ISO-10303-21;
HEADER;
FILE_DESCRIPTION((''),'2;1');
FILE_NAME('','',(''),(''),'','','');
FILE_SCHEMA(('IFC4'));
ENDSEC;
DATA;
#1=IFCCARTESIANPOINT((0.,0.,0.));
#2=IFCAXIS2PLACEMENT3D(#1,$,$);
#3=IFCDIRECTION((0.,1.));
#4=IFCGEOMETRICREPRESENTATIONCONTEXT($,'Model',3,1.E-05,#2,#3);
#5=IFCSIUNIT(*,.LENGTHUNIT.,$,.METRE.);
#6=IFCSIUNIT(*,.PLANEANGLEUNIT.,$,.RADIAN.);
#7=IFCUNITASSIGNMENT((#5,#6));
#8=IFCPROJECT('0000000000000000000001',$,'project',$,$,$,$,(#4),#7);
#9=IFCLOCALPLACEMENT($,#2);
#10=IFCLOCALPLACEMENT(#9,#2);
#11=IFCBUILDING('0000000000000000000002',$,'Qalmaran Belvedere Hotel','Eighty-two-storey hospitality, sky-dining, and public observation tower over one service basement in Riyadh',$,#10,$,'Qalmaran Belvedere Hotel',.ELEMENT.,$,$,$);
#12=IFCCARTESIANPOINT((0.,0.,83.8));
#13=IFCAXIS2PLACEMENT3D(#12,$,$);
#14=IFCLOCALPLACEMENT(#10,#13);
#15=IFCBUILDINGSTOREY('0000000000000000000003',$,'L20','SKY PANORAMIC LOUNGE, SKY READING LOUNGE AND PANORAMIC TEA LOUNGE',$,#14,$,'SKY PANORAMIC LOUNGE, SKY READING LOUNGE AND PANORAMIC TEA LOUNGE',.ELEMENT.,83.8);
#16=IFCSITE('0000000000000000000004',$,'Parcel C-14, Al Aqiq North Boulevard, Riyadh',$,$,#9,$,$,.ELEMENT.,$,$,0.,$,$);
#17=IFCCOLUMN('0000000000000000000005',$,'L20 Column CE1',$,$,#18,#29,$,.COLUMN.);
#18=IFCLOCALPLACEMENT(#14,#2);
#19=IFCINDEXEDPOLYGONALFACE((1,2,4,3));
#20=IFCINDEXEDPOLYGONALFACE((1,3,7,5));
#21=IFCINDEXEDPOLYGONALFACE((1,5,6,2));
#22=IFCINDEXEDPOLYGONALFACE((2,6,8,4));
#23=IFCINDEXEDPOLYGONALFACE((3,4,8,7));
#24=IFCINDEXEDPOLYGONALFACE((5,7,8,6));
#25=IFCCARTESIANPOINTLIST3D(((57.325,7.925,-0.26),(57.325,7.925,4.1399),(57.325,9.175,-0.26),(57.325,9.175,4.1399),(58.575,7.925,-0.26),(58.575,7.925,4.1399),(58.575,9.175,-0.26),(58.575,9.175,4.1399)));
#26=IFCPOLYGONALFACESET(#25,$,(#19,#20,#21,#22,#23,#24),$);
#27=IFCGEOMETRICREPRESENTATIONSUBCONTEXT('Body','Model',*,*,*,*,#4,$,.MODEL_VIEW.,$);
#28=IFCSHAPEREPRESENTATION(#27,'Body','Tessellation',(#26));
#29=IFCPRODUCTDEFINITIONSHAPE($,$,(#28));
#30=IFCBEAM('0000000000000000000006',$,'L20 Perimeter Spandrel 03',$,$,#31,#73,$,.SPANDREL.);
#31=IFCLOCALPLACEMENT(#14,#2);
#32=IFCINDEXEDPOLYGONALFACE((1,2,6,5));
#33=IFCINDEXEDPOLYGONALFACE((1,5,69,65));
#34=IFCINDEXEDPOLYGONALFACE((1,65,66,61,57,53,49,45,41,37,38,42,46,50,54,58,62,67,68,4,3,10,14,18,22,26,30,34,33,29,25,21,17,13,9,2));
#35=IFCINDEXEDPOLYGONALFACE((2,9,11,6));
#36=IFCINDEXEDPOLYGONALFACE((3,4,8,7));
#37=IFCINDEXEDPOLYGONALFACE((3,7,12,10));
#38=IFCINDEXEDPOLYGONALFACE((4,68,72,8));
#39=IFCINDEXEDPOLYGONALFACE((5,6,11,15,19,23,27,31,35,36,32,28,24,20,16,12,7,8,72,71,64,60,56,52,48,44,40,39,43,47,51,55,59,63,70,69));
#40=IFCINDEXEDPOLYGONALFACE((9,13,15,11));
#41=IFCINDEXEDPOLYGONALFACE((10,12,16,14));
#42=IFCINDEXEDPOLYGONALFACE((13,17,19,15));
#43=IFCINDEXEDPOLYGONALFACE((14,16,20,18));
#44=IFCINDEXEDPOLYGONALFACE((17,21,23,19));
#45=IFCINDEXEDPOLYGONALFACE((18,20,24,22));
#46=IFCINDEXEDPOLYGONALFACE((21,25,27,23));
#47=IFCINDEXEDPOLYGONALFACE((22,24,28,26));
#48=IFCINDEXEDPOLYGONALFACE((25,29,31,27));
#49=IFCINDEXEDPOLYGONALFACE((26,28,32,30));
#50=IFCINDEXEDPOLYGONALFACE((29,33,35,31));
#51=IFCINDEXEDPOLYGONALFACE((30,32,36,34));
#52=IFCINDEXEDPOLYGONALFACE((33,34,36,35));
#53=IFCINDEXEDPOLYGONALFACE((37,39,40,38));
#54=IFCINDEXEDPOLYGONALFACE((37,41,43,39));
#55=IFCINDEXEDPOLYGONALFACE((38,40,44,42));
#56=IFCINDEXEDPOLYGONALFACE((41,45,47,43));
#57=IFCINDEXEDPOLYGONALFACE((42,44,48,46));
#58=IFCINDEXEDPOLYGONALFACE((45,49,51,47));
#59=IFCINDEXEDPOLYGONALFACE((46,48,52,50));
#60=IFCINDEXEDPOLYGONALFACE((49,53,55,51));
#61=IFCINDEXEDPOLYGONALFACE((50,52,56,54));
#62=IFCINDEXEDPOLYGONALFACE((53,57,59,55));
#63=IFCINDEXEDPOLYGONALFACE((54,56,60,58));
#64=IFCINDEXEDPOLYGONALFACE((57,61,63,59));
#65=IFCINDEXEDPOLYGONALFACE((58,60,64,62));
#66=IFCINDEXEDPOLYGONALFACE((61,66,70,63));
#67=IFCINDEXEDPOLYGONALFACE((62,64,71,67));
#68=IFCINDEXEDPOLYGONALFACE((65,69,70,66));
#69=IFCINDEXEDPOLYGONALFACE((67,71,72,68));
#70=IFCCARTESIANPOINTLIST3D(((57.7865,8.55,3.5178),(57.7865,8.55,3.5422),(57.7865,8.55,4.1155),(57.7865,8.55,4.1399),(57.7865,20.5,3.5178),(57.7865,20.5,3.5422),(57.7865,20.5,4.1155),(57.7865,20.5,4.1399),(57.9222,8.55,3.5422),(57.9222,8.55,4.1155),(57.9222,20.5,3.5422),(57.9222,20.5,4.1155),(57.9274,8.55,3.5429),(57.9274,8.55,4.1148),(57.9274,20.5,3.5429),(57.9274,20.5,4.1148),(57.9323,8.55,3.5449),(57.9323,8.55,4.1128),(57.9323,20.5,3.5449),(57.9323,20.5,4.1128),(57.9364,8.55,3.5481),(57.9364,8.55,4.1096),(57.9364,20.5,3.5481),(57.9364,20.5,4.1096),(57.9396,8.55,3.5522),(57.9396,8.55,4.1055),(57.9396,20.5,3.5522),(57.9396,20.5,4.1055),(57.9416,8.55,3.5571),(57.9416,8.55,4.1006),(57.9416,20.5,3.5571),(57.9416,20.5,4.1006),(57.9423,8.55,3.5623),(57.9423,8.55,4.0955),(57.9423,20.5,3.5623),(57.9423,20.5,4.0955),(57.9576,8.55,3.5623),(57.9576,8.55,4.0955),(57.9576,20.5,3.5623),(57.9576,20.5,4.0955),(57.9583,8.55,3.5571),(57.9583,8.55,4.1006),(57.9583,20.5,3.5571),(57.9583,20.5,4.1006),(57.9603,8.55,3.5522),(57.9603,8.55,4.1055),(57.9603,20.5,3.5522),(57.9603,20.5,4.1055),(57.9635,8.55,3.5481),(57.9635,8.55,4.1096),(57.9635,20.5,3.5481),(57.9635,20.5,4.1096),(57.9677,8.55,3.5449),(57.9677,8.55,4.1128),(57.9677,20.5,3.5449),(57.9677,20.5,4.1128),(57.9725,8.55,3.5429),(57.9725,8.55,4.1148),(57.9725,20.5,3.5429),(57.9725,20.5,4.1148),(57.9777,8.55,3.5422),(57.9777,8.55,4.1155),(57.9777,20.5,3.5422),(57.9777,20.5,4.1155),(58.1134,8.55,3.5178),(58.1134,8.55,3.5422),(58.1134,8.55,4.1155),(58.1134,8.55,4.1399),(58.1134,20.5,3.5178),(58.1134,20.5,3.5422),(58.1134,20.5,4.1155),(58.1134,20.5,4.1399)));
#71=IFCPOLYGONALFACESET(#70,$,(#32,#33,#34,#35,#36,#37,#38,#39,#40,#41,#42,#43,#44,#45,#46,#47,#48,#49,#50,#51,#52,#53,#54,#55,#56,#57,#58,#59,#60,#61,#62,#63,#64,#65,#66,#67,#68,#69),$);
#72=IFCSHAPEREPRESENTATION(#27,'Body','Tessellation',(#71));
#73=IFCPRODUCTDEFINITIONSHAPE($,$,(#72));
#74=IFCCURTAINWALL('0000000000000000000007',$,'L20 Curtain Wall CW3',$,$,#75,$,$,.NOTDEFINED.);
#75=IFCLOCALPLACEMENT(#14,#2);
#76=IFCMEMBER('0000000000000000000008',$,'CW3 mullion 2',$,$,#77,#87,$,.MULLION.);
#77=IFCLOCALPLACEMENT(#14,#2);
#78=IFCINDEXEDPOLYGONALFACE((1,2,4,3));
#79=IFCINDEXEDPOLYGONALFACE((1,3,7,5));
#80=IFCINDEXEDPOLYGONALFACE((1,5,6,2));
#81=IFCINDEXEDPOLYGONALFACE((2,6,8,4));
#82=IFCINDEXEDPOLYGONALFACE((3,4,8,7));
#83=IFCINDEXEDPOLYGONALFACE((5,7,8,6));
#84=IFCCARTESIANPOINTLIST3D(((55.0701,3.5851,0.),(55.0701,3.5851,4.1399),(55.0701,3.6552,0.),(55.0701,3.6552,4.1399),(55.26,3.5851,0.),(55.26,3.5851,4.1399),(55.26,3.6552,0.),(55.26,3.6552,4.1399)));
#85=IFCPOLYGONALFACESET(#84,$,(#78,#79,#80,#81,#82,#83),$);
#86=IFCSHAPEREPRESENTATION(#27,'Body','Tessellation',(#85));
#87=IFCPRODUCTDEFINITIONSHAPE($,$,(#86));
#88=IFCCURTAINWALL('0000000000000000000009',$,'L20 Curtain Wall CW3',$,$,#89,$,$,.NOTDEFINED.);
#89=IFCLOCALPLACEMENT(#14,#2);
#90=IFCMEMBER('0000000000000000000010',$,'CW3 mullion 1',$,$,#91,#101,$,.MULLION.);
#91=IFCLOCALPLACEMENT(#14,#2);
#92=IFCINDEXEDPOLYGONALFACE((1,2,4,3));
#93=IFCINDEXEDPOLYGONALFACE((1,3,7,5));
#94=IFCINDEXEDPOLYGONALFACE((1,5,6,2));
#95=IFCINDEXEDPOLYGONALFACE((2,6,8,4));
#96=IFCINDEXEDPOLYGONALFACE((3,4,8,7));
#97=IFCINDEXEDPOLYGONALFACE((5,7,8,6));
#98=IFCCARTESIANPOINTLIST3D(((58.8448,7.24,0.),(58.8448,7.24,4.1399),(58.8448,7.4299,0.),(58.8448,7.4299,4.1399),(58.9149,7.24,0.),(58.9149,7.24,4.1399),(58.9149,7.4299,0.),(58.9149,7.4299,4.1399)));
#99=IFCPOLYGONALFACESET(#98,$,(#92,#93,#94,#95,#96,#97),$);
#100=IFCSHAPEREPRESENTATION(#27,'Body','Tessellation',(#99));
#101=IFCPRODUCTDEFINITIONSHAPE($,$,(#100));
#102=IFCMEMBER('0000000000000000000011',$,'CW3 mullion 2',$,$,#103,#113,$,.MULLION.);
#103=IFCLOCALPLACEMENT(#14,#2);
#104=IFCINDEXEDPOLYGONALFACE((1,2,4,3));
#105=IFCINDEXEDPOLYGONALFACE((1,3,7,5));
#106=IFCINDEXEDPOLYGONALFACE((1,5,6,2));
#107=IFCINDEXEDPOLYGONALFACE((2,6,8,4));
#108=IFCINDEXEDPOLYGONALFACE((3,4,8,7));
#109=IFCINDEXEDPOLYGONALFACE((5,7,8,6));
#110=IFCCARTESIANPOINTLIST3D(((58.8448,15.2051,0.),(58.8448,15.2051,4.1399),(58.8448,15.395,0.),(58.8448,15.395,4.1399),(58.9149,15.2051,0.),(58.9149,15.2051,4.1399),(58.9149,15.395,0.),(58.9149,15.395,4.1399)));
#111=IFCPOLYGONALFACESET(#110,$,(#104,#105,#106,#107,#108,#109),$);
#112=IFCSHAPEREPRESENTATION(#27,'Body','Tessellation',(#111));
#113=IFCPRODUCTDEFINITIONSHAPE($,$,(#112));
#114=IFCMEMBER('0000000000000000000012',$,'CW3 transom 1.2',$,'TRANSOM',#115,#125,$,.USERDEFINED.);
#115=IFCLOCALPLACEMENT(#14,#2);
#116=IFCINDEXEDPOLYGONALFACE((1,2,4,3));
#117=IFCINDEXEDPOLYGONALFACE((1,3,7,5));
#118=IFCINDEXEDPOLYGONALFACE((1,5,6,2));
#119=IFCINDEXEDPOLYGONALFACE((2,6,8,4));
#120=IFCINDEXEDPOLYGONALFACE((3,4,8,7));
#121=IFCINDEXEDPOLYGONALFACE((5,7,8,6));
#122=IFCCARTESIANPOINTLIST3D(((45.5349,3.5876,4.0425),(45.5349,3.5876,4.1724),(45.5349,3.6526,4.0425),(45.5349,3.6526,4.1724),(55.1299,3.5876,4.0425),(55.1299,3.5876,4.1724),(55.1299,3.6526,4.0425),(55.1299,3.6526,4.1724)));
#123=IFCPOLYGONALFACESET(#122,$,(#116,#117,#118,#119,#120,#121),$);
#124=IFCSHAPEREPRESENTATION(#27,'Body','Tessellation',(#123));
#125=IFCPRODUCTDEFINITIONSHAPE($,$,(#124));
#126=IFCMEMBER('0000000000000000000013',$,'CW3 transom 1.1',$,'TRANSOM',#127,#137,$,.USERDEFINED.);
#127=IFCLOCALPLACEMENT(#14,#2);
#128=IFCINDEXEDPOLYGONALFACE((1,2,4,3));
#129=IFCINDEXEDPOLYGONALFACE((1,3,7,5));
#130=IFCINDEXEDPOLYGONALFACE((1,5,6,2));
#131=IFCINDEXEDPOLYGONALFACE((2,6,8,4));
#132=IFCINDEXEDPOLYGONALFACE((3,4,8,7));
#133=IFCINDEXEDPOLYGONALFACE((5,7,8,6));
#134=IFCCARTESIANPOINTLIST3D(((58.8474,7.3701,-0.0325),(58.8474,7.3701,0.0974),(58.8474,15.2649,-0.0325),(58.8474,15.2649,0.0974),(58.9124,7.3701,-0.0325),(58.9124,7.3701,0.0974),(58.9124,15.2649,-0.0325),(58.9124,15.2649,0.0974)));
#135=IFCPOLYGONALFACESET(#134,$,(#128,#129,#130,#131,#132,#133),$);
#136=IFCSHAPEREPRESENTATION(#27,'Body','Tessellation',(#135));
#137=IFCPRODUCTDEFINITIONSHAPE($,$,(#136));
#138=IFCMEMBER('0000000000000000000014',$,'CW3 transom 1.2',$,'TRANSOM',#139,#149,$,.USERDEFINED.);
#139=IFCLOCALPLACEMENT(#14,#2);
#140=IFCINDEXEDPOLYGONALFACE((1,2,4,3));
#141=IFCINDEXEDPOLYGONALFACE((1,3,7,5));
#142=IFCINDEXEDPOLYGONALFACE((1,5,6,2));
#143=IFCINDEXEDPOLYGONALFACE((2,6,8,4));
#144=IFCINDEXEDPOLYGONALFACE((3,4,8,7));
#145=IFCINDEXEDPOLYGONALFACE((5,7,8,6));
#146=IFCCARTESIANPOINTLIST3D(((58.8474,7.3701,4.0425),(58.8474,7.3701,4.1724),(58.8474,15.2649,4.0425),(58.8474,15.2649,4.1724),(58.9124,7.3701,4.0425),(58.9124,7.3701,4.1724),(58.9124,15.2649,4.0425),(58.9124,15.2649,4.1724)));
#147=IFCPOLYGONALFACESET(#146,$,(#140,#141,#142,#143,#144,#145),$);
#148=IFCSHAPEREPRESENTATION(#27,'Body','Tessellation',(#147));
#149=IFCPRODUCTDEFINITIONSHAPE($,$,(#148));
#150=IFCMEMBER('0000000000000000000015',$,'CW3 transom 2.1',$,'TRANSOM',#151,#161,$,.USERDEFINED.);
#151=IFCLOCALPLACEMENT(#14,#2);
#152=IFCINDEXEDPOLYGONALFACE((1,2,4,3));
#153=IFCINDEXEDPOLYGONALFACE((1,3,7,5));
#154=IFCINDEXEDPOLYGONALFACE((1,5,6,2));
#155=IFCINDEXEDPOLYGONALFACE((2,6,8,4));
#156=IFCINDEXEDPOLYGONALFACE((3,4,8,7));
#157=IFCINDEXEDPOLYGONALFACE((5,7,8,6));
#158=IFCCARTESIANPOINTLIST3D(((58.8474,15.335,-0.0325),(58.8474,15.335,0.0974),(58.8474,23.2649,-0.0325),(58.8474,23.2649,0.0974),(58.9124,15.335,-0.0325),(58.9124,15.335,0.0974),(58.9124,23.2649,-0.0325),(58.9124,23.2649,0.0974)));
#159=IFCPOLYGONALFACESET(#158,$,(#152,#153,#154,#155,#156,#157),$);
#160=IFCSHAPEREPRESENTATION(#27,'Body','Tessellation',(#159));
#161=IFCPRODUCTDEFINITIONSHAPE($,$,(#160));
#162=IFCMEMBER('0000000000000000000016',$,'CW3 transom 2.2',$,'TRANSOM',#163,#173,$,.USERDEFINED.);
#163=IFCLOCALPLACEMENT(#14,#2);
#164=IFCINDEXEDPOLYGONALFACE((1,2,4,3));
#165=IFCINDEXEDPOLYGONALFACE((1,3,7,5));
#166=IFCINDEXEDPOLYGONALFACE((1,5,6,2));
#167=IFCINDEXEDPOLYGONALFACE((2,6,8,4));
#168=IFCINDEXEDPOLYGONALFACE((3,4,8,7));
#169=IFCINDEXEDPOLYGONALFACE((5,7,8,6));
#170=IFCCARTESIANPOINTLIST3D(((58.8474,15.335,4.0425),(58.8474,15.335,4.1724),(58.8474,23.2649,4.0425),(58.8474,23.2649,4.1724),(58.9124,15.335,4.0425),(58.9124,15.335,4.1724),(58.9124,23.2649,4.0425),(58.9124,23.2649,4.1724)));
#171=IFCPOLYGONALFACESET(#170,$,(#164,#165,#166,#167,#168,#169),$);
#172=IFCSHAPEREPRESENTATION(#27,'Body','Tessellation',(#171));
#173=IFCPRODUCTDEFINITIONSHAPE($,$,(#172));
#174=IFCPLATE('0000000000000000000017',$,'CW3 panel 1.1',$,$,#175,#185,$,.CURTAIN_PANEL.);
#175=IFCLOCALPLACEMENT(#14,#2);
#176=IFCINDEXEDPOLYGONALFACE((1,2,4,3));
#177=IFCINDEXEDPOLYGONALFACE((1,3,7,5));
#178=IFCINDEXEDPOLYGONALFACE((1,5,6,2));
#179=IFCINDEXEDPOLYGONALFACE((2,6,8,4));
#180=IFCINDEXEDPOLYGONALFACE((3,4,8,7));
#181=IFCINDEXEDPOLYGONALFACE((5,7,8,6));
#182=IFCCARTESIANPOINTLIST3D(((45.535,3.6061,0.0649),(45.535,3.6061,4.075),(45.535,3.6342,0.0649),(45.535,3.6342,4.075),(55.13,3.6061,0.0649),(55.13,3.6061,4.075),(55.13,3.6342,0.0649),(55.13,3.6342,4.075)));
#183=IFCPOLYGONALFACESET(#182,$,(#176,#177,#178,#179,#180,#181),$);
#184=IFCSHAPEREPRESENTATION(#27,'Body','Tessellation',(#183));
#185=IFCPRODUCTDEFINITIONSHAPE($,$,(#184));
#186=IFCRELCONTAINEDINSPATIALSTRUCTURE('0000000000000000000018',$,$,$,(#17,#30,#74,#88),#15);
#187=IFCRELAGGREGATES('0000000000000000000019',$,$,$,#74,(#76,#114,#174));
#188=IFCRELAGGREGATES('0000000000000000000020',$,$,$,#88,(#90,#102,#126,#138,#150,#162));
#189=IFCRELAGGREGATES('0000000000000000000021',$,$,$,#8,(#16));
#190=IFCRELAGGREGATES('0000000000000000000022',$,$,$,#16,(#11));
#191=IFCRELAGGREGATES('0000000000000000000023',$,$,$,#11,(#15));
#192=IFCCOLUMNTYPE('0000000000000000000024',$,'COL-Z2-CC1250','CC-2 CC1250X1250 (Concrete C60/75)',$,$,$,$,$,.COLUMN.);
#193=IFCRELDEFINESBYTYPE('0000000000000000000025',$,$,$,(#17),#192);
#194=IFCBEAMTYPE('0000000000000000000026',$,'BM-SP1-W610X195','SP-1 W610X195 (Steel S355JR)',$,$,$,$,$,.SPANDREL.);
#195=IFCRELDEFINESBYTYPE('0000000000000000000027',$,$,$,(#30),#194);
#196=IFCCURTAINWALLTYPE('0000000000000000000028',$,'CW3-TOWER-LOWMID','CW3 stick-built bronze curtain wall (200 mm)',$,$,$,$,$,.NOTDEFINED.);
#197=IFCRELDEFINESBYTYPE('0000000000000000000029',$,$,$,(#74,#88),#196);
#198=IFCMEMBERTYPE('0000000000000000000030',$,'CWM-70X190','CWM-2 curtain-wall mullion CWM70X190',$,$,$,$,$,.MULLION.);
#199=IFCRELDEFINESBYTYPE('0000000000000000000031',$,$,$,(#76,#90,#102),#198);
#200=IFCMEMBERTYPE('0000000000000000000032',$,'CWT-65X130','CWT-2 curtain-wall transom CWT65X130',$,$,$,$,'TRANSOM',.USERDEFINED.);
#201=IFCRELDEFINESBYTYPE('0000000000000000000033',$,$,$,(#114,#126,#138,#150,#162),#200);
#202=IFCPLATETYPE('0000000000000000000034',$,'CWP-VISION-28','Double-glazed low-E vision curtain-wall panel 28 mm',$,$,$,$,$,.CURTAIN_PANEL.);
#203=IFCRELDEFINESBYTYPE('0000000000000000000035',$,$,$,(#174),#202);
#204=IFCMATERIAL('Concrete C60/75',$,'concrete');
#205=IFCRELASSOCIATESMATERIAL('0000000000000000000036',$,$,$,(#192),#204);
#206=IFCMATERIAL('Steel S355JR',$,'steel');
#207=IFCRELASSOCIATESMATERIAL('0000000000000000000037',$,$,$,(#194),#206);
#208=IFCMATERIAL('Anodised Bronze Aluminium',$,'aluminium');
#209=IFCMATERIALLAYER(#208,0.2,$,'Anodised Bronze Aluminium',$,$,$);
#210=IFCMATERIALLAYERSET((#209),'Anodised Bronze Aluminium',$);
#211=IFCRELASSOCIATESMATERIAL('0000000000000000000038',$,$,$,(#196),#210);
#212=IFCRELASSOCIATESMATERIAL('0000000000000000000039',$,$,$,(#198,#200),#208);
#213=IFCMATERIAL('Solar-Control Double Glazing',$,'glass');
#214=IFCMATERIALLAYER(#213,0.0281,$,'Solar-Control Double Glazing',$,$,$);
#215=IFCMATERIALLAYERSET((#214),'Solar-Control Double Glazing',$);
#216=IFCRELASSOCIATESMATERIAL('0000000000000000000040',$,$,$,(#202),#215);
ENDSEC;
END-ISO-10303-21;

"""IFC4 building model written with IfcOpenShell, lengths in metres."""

from ifc_helpers import new_model, si_unit, direction, frame, origin, origin_2d, place, context, subcontext, project, spatial, rectangle, i_section, extrude, material, layer, layer_set, material_profile, profile_set, type_object, element, aggregate, save


model = new_model("IFC4")

# Units and contexts
model_context = context("Model", 3, precision=1e-05, world=origin(), true_north=direction((0.0, 1.0)))
body_context = subcontext(model_context, "Body", "Model", "MODEL_VIEW")
ifc_project = project(units=[si_unit("LENGTHUNIT", "METRE"), si_unit("PLANEANGLEUNIT", "RADIAN")], contexts=[model_context])

# Site, building, storey
site_placement = place(None, origin())
site = spatial("IfcSite", under=ifc_project, at=site_placement, Name="Parcel C-14, Al Aqiq North Boulevard, Riyadh", CompositionType="ELEMENT", RefElevation=0.0)
building_placement = place(site_placement, origin())
building = spatial("IfcBuilding", under=site, at=building_placement, Name="Qalmaran Belvedere Hotel", Description="Eighty-two-storey hospitality, sky-dining, and public observation tower over one service basement in Riyadh", LongName="Qalmaran Belvedere Hotel", CompositionType="ELEMENT")
storey_placement = place(building_placement, frame((0.0, 0.0, 83.8)))
storey = spatial("IfcBuildingStorey", under=building, at=storey_placement, Name="L20", Description="SKY PANORAMIC LOUNGE, SKY READING LOUNGE AND PANORAMIC TEA LOUNGE", LongName="SKY PANORAMIC LOUNGE, SKY READING LOUNGE AND PANORAMIC TEA LOUNGE", CompositionType="ELEMENT", Elevation=83.8)

# Column
ifc_material_1 = material(Name="Concrete C60/75", Category="concrete")
ifc_material_profile_1 = material_profile(ifc_material_1, rectangle(XDim=1.25, YDim=1.25, at=origin_2d()), Name="CC1250X1250")
ifc_profile_set_1 = profile_set([ifc_material_profile_1], Name="Concrete C60/75")
column_type = type_object("IfcColumnType", Name="COL-Z2-CC1250", Description="CC-2 CC1250X1250 (Concrete C60/75)", PredefinedType="COLUMN", material=ifc_profile_set_1)
column_placement = place(storey_placement, frame((57.95, 8.55, -0.26), z_axis=(0.0, 0.0, 1.0), x_axis=(1.0, 0.0, 0.0)))
element("IfcColumn", 1, at=column_placement, inside=storey, type_object=column_type, Name="L20 Column CE1", PredefinedType="COLUMN", context=body_context, shape_type="SweptSolid", body=[
    extrude(rectangle(XDim=1.25, YDim=1.25, at=origin_2d()), origin(), (0.0, 0.0, 1.0), 4.3999),
])

# Beam
ifc_material_2 = material(Name="Steel S355JR", Category="steel")
ifc_material_profile_2 = material_profile(ifc_material_2, i_section(OverallWidth=0.3269, OverallDepth=0.6221, WebThickness=0.0154, FlangeThickness=0.0244, FilletRadius=0.02, at=origin_2d()), Name="W610X195")
ifc_profile_set_2 = profile_set([ifc_material_profile_2], Name="Steel S355JR")
beam_type = type_object("IfcBeamType", Name="BM-SP1-W610X195", Description="SP-1 W610X195 (Steel S355JR)", PredefinedType="SPANDREL", material=ifc_profile_set_2)
beam_placement = place(storey_placement, frame((57.95, 8.55, 3.8289), z_axis=(0.0, 1.0, 0.0), x_axis=(-1.0, 0.0, 0.0)))
element("IfcBeam", 2, at=beam_placement, inside=storey, type_object=beam_type, Name="L20 Perimeter Spandrel 03", PredefinedType="SPANDREL", context=body_context, shape_type="SweptSolid", body=[
    extrude(i_section(OverallWidth=0.3269, OverallDepth=0.6221, WebThickness=0.0154, FlangeThickness=0.0244, FilletRadius=0.02, at=origin_2d()), origin(), (0.0, 0.0, 1.0), 11.95),
])

# Curtain wall, member
ifc_material_3 = material(Name="Anodised Bronze Aluminium", Category="aluminium")
ifc_layer_1 = layer(ifc_material_3, 0.2, Name="Anodised Bronze Aluminium")
ifc_layer_set_1 = layer_set([ifc_layer_1], Name="Anodised Bronze Aluminium")
curtain_wall_type = type_object("IfcCurtainWallType", Name="CW3-TOWER-LOWMID", Description="CW3 stick-built bronze curtain wall (200 mm)", PredefinedType="NOTDEFINED", material=ifc_layer_set_1)
curtain_wall_1_placement = place(storey_placement, origin())
curtain_wall_1 = element("IfcCurtainWall", 3, at=curtain_wall_1_placement, inside=storey, type_object=curtain_wall_type, Name="L20 Curtain Wall CW3", PredefinedType="NOTDEFINED")
ifc_material_profile_3 = material_profile(ifc_material_3, rectangle(XDim=0.0701, YDim=0.1899, at=origin_2d()), Name="CWM70X190")
ifc_profile_set_3 = profile_set([ifc_material_profile_3], Name="Anodised Bronze Aluminium")
member_type_1 = type_object("IfcMemberType", Name="CWM-70X190", Description="CWM-2 curtain-wall mullion CWM70X190", PredefinedType="MULLION", material=ifc_profile_set_3)
member_1_placement = place(storey_placement, frame((55.165, 3.6201, 0.0), z_axis=(0.0, 0.0, 1.0), x_axis=(0.0, 1.0, 0.0)))
member_1 = element("IfcMember", 4, at=member_1_placement, type_object=member_type_1, Name="CW3 mullion 2", PredefinedType="MULLION", context=body_context, shape_type="SweptSolid", body=[
    extrude(rectangle(XDim=0.0701, YDim=0.1899, at=origin_2d()), origin(), (0.0, 0.0, 1.0), 4.1399),
])

# Curtain wall, members
curtain_wall_2_placement = place(storey_placement, origin())
curtain_wall_2 = element("IfcCurtainWall", 5, at=curtain_wall_2_placement, inside=storey, type_object=curtain_wall_type, Name="L20 Curtain Wall CW3", PredefinedType="NOTDEFINED")
member_2_placement = place(storey_placement, frame((58.8799, 7.335, 0.0), z_axis=(0.0, 0.0, 1.0), x_axis=(-1.0, 0.0, 0.0)))
member_2 = element("IfcMember", 6, at=member_2_placement, type_object=member_type_1, Name="CW3 mullion 1", PredefinedType="MULLION", context=body_context, shape_type="SweptSolid", body=[
    extrude(rectangle(XDim=0.0701, YDim=0.1899, at=origin_2d()), origin(), (0.0, 0.0, 1.0), 4.1399),
])
member_3_placement = place(storey_placement, frame((58.8799, 15.3, 0.0), z_axis=(0.0, 0.0, 1.0), x_axis=(-1.0, 0.0, 0.0)))
member_3 = element("IfcMember", 7, at=member_3_placement, type_object=member_type_1, Name="CW3 mullion 2", PredefinedType="MULLION", context=body_context, shape_type="SweptSolid", body=[
    extrude(rectangle(XDim=0.0701, YDim=0.1899, at=origin_2d()), origin(), (0.0, 0.0, 1.0), 4.1399),
])

# Members
ifc_material_profile_4 = material_profile(ifc_material_3, rectangle(XDim=0.0649, YDim=0.1299, at=origin_2d()), Name="CWT65X130")
ifc_profile_set_4 = profile_set([ifc_material_profile_4], Name="Anodised Bronze Aluminium")
member_type_2 = type_object("IfcMemberType", Name="CWT-65X130", Description="CWT-2 curtain-wall transom CWT65X130", ElementType="TRANSOM", PredefinedType="USERDEFINED", material=ifc_profile_set_4)
member_4_placement = place(storey_placement, frame((45.5349, 3.6201, 4.1074), z_axis=(1.0, 0.0, 0.0), x_axis=(0.0, 1.0, 0.0)))
member_4 = element("IfcMember", 8, at=member_4_placement, type_object=member_type_2, Name="CW3 transom 1.2", ObjectType="TRANSOM", PredefinedType="USERDEFINED", context=body_context, shape_type="SweptSolid", body=[
    extrude(rectangle(XDim=0.0649, YDim=0.1299, at=origin_2d()), origin(), (0.0, 0.0, 1.0), 9.595),
])
member_5_placement = place(storey_placement, frame((58.8799, 7.3701, 0.0325), z_axis=(0.0, 1.0, 0.0), x_axis=(-1.0, 0.0, 0.0)))
member_5 = element("IfcMember", 9, at=member_5_placement, type_object=member_type_2, Name="CW3 transom 1.1", ObjectType="TRANSOM", PredefinedType="USERDEFINED", context=body_context, shape_type="SweptSolid", body=[
    extrude(rectangle(XDim=0.0649, YDim=0.1299, at=origin_2d()), origin(), (0.0, 0.0, 1.0), 7.8948),
])
member_6_placement = place(storey_placement, frame((58.8799, 7.3701, 4.1074), z_axis=(0.0, 1.0, 0.0), x_axis=(-1.0, 0.0, 0.0)))
member_6 = element("IfcMember", 10, at=member_6_placement, type_object=member_type_2, Name="CW3 transom 1.2", ObjectType="TRANSOM", PredefinedType="USERDEFINED", context=body_context, shape_type="SweptSolid", body=[
    extrude(rectangle(XDim=0.0649, YDim=0.1299, at=origin_2d()), origin(), (0.0, 0.0, 1.0), 7.8948),
])
member_7_placement = place(storey_placement, frame((58.8799, 15.335, 0.0325), z_axis=(0.0, 1.0, 0.0), x_axis=(-1.0, 0.0, 0.0)))
member_7 = element("IfcMember", 11, at=member_7_placement, type_object=member_type_2, Name="CW3 transom 2.1", ObjectType="TRANSOM", PredefinedType="USERDEFINED", context=body_context, shape_type="SweptSolid", body=[
    extrude(rectangle(XDim=0.0649, YDim=0.1299, at=origin_2d()), origin(), (0.0, 0.0, 1.0), 7.9299),
])
member_8_placement = place(storey_placement, frame((58.8799, 15.335, 4.1074), z_axis=(0.0, 1.0, 0.0), x_axis=(-1.0, 0.0, 0.0)))
member_8 = element("IfcMember", 12, at=member_8_placement, type_object=member_type_2, Name="CW3 transom 2.2", ObjectType="TRANSOM", PredefinedType="USERDEFINED", context=body_context, shape_type="SweptSolid", body=[
    extrude(rectangle(XDim=0.0649, YDim=0.1299, at=origin_2d()), origin(), (0.0, 0.0, 1.0), 7.9299),
])

# Plate
ifc_material_4 = material(Name="Solar-Control Double Glazing", Category="glass")
ifc_layer_2 = layer(ifc_material_4, 0.0281, Name="Solar-Control Double Glazing")
ifc_layer_set_2 = layer_set([ifc_layer_2], Name="Solar-Control Double Glazing")
plate_type = type_object("IfcPlateType", Name="CWP-VISION-28", Description="Double-glazed low-E vision curtain-wall panel 28 mm", PredefinedType="CURTAIN_PANEL", material=ifc_layer_set_2)
plate_1_placement = place(storey_placement, frame((50.3325, 3.6201, 0.0649), z_axis=(0.0, 0.0, 1.0), x_axis=(1.0, 0.0, 0.0)))
plate_1 = element("IfcPlate", 13, at=plate_1_placement, type_object=plate_type, Name="CW3 panel 1.1", PredefinedType="CURTAIN_PANEL", context=body_context, shape_type="SweptSolid", body=[
    extrude(rectangle(XDim=9.595, YDim=0.0281, at=origin_2d()), origin(), (0.0, 0.0, 1.0), 4.01),
])
aggregate(curtain_wall_1, [member_1, member_4, plate_1])
aggregate(curtain_wall_2, [member_2, member_3, member_5, member_6, member_7, member_8])

save(model, "model.ifc")
